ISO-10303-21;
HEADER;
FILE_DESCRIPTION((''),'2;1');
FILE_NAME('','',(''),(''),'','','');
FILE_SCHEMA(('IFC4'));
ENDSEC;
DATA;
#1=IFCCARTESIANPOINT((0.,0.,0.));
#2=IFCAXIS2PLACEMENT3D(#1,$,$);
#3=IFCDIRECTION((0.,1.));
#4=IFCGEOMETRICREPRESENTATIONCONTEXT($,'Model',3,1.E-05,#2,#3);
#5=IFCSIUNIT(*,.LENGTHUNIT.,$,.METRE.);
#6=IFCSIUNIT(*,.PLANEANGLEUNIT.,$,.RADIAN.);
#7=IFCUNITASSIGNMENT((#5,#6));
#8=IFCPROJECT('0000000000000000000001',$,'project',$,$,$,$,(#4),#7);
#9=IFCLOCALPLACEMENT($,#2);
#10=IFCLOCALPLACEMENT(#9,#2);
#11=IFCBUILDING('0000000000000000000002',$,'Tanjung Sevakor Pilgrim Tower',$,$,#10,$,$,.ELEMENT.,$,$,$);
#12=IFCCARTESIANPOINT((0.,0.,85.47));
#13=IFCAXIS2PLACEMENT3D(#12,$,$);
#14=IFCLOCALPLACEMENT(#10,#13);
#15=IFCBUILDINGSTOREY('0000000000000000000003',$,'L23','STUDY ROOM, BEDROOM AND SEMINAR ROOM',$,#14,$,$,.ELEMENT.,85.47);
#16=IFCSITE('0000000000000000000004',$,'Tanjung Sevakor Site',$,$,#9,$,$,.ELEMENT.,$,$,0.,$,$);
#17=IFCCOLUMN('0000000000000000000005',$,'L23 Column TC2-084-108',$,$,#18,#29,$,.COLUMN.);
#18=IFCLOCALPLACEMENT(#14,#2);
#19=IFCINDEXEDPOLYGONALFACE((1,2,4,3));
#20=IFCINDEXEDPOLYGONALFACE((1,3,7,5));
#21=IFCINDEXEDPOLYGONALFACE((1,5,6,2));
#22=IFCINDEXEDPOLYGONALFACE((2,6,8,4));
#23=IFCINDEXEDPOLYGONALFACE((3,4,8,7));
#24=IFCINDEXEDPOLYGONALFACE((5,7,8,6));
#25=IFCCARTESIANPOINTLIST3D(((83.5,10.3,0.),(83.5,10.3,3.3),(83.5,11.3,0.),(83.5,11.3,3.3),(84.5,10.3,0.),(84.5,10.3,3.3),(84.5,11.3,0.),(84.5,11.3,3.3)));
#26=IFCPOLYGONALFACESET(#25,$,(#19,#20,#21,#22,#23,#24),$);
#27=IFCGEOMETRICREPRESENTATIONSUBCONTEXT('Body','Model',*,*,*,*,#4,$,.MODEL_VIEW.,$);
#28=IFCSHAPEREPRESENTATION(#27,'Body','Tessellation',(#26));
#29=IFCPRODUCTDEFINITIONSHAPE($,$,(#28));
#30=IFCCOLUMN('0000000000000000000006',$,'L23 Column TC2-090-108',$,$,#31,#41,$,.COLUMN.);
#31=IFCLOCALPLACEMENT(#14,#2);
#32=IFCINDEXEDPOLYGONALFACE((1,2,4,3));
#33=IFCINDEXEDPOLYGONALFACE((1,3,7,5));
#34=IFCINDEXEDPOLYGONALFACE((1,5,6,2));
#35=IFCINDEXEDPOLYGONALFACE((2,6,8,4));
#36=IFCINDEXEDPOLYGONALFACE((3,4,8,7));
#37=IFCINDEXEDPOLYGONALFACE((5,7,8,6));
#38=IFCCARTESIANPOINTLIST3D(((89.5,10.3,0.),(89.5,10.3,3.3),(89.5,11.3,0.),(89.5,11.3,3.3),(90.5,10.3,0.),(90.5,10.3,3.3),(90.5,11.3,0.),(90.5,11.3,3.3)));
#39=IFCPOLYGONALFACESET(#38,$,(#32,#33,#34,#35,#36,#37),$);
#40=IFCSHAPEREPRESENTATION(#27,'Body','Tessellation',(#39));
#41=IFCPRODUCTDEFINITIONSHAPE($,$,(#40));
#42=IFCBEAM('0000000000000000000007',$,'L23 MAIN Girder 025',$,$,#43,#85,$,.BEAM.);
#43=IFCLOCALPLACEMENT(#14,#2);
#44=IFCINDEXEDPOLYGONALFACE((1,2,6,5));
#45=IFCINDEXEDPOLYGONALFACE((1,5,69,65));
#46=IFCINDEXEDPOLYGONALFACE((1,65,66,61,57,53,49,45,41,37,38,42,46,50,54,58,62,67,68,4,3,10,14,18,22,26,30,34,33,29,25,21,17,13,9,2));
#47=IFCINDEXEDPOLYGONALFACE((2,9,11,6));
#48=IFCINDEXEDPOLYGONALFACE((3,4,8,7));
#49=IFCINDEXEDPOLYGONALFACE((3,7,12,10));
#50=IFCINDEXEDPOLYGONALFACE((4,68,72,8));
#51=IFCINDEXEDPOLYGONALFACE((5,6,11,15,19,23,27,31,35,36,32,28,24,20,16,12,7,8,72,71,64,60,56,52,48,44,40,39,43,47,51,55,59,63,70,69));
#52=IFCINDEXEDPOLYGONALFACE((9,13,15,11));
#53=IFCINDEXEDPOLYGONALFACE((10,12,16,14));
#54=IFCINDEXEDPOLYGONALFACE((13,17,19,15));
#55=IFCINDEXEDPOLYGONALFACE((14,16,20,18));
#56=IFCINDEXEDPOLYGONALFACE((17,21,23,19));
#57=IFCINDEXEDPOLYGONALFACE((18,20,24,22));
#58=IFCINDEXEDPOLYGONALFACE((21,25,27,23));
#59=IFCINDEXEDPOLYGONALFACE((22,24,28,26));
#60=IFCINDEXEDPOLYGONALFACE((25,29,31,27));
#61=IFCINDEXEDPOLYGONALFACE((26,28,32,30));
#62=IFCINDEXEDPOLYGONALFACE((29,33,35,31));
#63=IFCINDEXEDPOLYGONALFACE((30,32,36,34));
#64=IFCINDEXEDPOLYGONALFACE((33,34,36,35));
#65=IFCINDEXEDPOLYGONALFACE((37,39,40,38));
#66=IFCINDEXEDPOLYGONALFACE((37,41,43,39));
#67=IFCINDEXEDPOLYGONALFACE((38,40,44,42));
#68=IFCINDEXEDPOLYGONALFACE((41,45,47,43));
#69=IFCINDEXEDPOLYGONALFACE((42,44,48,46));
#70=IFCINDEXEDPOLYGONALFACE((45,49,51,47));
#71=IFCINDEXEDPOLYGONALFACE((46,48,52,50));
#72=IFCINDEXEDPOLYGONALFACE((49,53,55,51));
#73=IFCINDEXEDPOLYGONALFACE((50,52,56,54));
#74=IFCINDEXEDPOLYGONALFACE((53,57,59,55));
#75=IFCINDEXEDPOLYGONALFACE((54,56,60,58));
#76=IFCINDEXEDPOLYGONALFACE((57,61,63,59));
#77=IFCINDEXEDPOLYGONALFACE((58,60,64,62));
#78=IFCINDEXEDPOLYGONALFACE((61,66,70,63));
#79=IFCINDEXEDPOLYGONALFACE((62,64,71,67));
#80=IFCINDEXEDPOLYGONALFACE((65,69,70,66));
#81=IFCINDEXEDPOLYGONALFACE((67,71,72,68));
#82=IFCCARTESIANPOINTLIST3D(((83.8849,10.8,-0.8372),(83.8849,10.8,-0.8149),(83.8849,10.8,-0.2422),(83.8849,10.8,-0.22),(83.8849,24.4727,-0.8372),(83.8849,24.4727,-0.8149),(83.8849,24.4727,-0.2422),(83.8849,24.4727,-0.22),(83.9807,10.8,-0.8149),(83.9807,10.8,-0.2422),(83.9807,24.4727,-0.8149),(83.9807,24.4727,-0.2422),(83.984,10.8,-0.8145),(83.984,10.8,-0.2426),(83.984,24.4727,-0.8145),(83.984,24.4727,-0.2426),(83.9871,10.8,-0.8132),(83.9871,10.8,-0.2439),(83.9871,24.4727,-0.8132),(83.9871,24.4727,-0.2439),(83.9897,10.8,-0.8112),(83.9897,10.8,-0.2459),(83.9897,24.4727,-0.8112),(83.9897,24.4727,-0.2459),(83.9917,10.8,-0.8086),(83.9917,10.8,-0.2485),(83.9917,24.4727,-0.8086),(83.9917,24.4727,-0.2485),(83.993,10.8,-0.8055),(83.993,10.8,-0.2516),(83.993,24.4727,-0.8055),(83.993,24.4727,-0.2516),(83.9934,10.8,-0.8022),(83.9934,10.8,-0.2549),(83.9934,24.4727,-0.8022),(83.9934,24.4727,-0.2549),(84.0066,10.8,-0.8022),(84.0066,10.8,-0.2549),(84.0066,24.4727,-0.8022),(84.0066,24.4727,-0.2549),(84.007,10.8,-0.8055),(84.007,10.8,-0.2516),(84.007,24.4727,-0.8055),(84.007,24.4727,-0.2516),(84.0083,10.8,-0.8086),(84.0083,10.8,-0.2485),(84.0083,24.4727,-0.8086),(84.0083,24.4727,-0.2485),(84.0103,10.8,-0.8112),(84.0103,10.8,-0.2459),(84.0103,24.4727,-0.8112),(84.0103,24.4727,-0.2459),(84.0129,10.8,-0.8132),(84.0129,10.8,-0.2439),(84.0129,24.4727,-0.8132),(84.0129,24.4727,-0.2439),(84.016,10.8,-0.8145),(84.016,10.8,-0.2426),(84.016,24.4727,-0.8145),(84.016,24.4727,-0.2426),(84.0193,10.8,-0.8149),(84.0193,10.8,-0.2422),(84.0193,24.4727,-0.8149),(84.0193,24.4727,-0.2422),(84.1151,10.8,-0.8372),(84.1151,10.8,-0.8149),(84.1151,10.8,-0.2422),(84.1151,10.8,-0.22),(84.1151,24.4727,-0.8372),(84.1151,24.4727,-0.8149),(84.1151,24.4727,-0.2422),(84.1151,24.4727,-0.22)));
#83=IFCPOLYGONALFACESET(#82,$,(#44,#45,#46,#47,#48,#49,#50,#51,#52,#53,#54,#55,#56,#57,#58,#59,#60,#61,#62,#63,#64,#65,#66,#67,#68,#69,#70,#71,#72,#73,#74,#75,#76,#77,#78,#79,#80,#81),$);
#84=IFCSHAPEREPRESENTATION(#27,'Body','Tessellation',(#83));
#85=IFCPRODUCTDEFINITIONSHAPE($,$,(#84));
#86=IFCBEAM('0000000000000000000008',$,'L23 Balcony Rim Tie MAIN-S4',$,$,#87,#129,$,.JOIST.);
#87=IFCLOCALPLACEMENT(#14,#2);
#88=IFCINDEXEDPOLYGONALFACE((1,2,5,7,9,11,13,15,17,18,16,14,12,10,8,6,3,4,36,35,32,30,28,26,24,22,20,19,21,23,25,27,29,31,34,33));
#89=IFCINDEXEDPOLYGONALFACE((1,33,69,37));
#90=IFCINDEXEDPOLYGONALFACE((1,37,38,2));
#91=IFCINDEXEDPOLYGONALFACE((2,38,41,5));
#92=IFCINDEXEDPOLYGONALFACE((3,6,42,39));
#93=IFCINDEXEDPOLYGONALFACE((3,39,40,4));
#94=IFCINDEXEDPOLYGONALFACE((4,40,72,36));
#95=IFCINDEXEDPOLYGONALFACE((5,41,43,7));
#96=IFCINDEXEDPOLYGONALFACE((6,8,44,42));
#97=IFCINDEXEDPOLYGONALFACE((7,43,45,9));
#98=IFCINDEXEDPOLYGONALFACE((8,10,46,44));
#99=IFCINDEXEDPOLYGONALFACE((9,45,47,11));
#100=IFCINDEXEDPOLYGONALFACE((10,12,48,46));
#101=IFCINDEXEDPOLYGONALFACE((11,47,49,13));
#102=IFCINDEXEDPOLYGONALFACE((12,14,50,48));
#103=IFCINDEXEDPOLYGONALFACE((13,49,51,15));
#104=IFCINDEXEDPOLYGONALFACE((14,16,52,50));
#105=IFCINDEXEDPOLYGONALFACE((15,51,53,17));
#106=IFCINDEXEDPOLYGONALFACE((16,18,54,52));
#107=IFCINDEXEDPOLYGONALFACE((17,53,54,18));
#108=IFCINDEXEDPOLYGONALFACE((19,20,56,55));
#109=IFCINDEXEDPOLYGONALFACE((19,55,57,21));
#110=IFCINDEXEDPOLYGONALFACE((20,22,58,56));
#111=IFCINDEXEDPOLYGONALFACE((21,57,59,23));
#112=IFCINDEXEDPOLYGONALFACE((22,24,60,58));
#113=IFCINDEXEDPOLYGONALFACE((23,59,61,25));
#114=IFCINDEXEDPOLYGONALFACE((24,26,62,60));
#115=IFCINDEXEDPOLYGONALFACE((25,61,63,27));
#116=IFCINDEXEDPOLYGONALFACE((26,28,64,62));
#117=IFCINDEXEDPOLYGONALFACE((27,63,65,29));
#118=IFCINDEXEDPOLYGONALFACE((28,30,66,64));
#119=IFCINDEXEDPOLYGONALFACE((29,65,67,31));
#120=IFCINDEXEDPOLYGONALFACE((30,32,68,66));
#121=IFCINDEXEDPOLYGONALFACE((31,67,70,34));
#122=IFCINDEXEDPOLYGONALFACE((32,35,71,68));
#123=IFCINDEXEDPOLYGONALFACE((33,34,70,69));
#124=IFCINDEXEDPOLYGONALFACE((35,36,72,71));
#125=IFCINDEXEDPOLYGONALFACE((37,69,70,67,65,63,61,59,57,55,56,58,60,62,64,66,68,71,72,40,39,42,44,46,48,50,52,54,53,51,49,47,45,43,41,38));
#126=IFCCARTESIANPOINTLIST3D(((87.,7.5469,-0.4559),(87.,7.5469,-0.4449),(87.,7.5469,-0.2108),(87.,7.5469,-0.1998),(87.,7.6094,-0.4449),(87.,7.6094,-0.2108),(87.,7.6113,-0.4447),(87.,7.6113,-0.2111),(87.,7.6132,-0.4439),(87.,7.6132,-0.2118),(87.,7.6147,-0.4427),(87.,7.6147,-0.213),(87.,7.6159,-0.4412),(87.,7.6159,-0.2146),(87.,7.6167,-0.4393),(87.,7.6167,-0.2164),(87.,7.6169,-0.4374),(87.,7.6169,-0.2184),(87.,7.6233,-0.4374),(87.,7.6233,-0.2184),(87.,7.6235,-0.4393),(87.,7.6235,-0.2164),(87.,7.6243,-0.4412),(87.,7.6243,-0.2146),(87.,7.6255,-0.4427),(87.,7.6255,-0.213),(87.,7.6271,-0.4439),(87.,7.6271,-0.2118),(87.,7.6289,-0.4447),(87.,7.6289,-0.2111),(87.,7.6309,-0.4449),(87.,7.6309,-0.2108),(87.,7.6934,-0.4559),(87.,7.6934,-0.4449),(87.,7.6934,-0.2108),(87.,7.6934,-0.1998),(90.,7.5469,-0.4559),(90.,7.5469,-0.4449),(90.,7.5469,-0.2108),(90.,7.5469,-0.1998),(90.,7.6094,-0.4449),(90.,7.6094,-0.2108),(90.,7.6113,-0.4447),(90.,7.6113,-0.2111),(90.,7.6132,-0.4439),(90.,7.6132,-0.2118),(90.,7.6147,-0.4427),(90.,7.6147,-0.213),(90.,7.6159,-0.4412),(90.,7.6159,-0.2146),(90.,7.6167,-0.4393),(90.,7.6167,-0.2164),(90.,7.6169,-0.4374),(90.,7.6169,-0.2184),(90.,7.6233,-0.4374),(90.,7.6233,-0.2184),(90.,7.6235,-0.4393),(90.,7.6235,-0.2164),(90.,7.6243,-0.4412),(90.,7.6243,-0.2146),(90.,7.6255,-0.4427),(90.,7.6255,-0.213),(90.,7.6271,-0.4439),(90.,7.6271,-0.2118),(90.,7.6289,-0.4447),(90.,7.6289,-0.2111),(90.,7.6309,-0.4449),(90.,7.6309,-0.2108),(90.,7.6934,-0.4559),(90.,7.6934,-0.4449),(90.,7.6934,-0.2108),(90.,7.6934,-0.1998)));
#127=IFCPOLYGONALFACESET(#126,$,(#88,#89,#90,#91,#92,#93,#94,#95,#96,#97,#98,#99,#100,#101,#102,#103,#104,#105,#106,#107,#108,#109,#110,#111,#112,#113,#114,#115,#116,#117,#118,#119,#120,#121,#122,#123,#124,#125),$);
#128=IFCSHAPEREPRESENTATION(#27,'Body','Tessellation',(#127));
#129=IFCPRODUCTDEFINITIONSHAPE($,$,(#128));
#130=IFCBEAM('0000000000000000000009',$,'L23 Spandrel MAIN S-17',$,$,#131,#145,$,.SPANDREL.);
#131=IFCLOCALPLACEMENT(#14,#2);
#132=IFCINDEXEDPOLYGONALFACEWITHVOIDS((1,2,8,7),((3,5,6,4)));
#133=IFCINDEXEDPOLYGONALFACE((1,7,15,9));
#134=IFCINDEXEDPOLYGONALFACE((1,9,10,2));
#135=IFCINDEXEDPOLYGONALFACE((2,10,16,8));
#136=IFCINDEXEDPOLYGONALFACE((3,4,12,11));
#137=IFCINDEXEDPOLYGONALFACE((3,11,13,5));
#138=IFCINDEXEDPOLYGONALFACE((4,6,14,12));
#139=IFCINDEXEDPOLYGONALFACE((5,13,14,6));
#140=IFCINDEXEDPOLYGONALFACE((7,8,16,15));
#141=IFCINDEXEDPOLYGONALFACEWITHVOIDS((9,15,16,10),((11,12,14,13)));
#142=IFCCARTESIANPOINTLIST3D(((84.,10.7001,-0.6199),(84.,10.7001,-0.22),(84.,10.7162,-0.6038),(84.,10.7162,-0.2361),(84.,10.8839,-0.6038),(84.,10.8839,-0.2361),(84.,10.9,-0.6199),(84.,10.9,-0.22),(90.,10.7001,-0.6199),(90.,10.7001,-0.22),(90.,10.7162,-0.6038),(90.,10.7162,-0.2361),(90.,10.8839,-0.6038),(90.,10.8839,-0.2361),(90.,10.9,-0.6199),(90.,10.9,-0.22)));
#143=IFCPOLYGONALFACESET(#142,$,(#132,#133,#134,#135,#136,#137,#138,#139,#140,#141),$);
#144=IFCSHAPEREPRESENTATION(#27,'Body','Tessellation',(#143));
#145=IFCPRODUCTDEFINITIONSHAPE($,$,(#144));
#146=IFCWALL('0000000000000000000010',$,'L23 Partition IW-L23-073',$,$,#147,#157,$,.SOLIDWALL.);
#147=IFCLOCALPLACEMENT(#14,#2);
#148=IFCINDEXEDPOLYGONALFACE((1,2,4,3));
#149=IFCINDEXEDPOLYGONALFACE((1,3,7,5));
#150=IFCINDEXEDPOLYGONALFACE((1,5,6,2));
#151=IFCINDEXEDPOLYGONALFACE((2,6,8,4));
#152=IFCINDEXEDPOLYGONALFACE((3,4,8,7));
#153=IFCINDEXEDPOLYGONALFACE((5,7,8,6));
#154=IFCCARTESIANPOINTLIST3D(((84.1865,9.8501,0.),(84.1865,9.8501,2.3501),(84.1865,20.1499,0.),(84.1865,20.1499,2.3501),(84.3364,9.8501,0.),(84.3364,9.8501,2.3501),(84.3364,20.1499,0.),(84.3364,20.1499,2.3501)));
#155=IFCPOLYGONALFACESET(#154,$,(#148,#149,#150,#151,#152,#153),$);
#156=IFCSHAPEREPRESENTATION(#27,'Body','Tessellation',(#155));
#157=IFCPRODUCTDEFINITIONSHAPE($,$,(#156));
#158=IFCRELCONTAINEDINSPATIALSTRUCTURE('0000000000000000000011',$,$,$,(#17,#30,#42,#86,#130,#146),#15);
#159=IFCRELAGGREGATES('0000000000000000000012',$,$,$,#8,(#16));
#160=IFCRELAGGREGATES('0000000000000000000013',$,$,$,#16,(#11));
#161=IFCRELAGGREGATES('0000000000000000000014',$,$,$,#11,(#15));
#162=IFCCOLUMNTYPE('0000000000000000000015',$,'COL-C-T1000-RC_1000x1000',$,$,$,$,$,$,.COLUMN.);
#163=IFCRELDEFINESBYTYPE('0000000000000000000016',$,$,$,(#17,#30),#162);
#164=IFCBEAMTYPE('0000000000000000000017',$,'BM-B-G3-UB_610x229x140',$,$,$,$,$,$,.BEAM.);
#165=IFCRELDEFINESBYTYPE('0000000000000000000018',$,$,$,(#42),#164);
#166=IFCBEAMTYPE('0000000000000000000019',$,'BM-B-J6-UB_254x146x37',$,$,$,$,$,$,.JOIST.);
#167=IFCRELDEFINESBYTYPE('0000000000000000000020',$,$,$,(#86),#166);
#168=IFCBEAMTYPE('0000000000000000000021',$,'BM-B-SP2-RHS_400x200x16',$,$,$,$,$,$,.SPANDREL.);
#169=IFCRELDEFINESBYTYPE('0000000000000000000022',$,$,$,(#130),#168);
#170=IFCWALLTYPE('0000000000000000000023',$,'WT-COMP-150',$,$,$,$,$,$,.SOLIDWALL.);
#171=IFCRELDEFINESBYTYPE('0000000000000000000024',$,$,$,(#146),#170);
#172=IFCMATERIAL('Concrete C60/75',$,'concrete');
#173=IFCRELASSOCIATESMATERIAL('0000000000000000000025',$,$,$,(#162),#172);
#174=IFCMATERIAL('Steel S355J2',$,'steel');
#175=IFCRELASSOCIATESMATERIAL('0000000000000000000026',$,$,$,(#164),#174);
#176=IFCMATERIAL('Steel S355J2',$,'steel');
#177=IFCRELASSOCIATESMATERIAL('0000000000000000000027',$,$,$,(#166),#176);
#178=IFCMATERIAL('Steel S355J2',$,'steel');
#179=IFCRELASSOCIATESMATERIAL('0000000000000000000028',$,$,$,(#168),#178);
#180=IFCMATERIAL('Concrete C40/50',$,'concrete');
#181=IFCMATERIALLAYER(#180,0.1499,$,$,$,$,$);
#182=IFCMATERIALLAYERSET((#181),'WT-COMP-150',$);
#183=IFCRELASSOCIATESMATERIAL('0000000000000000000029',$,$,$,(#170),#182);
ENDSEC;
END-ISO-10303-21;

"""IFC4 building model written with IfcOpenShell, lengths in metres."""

from ifc_helpers import new_model, si_unit, direction, frame, frame_2d, origin, origin_2d, place, context, subcontext, project, spatial, rectangle, hollow_rectangle, i_section, extrude, material, layer, layer_set, material_profile, profile_set, type_object, element, save


model = new_model("IFC4")

# Units and contexts
model_context = context("Model", 3, precision=1e-05, world=origin(), true_north=direction((0.0, 1.0)))
body_context = subcontext(model_context, "Body", "Model", "MODEL_VIEW")
ifc_project = project(units=[si_unit("LENGTHUNIT", "METRE"), si_unit("PLANEANGLEUNIT", "RADIAN")], contexts=[model_context])

# Site, building, storey
site_placement = place(None, origin())
site = spatial("IfcSite", under=ifc_project, at=site_placement, Name="Tanjung Sevakor Site", CompositionType="ELEMENT", RefElevation=0.0)
building_placement = place(site_placement, origin())
building = spatial("IfcBuilding", under=site, at=building_placement, Name="Tanjung Sevakor Pilgrim Tower", CompositionType="ELEMENT")
storey_placement = place(building_placement, frame((0.0, 0.0, 85.47)))
storey = spatial("IfcBuildingStorey", under=building, at=storey_placement, Name="L23", Description="STUDY ROOM, BEDROOM AND SEMINAR ROOM", CompositionType="ELEMENT", Elevation=85.47)

# Columns
ifc_material_1 = material(Name="Concrete C60/75", Category="concrete")
ifc_material_profile_1 = material_profile(ifc_material_1, rectangle(XDim=1.0, YDim=1.0, at=origin_2d()))
ifc_profile_set_1 = profile_set([ifc_material_profile_1], Name="Concrete C60/75")
column_type = type_object("IfcColumnType", Name="COL-C-T1000-RC_1000x1000", PredefinedType="COLUMN", material=ifc_profile_set_1)
for number, where, z_axis, x_axis, name in (
    (1, (84.0, 10.8, 0.0), (0.0, 0.0, 1.0), (1.0, 0.0, 0.0), "L23 Column TC2-084-108"),
    (2, (90.0, 10.8, 0.0), (0.0, 0.0, 1.0), (1.0, 0.0, 0.0), "L23 Column TC2-090-108"),
):
    element("IfcColumn", number, at=place(storey_placement, frame(where, z_axis=z_axis, x_axis=x_axis)), inside=storey, type_object=column_type, Name=name, PredefinedType="COLUMN", context=body_context, shape_type="SweptSolid", body=[
        extrude(rectangle(XDim=1.0, YDim=1.0, at=origin_2d()), origin(), (0.0, 0.0, 1.0), 3.3),
    ])

# Beams
ifc_material_2 = material(Name="Steel S355J2", Category="steel")
ifc_material_profile_2 = material_profile(ifc_material_2, i_section(OverallWidth=0.2302, OverallDepth=0.6172, WebThickness=0.0132, FlangeThickness=0.0222, FilletRadius=0.0127, at=origin_2d()))
ifc_profile_set_2 = profile_set([ifc_material_profile_2], Name="Steel S355J2")
beam_type_1 = type_object("IfcBeamType", Name="BM-B-G3-UB_610x229x140", PredefinedType="BEAM", material=ifc_profile_set_2)
beam_1_placement = place(storey_placement, frame((84.0, 10.8, -0.5286), z_axis=(0.0, 1.0, 0.0), x_axis=(-1.0, 0.0, 0.0)))
element("IfcBeam", 3, at=beam_1_placement, inside=storey, type_object=beam_type_1, Name="L23 MAIN Girder 025", PredefinedType="BEAM", context=body_context, shape_type="SweptSolid", body=[
    extrude(i_section(OverallWidth=0.2302, OverallDepth=0.6172, WebThickness=0.0132, FlangeThickness=0.0222, FilletRadius=0.0127, at=origin_2d()), origin(), (0.0, 0.0, 1.0), 13.6726),
])
ifc_material_3 = material(Name="Steel S355J2", Category="steel")
ifc_material_profile_3 = material_profile(ifc_material_3, i_section(OverallWidth=0.1465, OverallDepth=0.2561, WebThickness=0.0063, FlangeThickness=0.011, FilletRadius=0.0076, at=origin_2d()))
ifc_profile_set_3 = profile_set([ifc_material_profile_3], Name="Steel S355J2")
beam_type_2 = type_object("IfcBeamType", Name="BM-B-J6-UB_254x146x37", PredefinedType="JOIST", material=ifc_profile_set_3)
beam_2_placement = place(storey_placement, frame((87.0, 7.6201, -0.3279), z_axis=(1.0, 0.0, 0.0), x_axis=(0.0, 1.0, 0.0)))
element("IfcBeam", 4, at=beam_2_placement, inside=storey, type_object=beam_type_2, Name="L23 Balcony Rim Tie MAIN-S4", PredefinedType="JOIST", context=body_context, shape_type="SweptSolid", body=[
    extrude(i_section(OverallWidth=0.1465, OverallDepth=0.2561, WebThickness=0.0063, FlangeThickness=0.011, FilletRadius=0.0076, at=origin_2d()), origin(), (0.0, 0.0, 1.0), 3.0),
])
ifc_material_4 = material(Name="Steel S355J2", Category="steel")
ifc_material_profile_4 = material_profile(ifc_material_4, hollow_rectangle(XDim=0.2, YDim=0.3999, WallThickness=0.0161, at=origin_2d()))
ifc_profile_set_4 = profile_set([ifc_material_profile_4], Name="Steel S355J2")
beam_type_3 = type_object("IfcBeamType", Name="BM-B-SP2-RHS_400x200x16", PredefinedType="SPANDREL", material=ifc_profile_set_4)
beam_3_placement = place(storey_placement, frame((84.0, 10.8, -0.4199), z_axis=(1.0, 0.0, 0.0), x_axis=(0.0, 1.0, 0.0)))
element("IfcBeam", 5, at=beam_3_placement, inside=storey, type_object=beam_type_3, Name="L23 Spandrel MAIN S-17", PredefinedType="SPANDREL", context=body_context, shape_type="SweptSolid", body=[
    extrude(hollow_rectangle(XDim=0.2, YDim=0.3999, WallThickness=0.0161, at=origin_2d()), origin(), (0.0, 0.0, 1.0), 6.0),
])

# Wall
ifc_material_5 = material(Name="Concrete C40/50", Category="concrete")
ifc_layer_1 = layer(ifc_material_5, 0.1499)
ifc_layer_set_1 = layer_set([ifc_layer_1], Name="WT-COMP-150")
wall_type_1 = type_object("IfcWallType", Name="WT-COMP-150", PredefinedType="SOLIDWALL", material=ifc_layer_set_1)
wall_1_placement = place(storey_placement, frame((84.2615, 9.8501, 0.0), z_axis=(0.0, 0.0, 1.0), x_axis=(0.0, 1.0, 0.0)))
element("IfcWall", 6, at=wall_1_placement, inside=storey, type_object=wall_type_1, Name="L23 Partition IW-L23-073", PredefinedType="SOLIDWALL", context=body_context, shape_type="SweptSolid", body=[
    extrude(rectangle(XDim=10.2998, YDim=0.1499, at=frame_2d((5.1499, 0.0))), origin(), (0.0, 0.0, 1.0), 2.3501),
])

save(model, "model.ifc")
